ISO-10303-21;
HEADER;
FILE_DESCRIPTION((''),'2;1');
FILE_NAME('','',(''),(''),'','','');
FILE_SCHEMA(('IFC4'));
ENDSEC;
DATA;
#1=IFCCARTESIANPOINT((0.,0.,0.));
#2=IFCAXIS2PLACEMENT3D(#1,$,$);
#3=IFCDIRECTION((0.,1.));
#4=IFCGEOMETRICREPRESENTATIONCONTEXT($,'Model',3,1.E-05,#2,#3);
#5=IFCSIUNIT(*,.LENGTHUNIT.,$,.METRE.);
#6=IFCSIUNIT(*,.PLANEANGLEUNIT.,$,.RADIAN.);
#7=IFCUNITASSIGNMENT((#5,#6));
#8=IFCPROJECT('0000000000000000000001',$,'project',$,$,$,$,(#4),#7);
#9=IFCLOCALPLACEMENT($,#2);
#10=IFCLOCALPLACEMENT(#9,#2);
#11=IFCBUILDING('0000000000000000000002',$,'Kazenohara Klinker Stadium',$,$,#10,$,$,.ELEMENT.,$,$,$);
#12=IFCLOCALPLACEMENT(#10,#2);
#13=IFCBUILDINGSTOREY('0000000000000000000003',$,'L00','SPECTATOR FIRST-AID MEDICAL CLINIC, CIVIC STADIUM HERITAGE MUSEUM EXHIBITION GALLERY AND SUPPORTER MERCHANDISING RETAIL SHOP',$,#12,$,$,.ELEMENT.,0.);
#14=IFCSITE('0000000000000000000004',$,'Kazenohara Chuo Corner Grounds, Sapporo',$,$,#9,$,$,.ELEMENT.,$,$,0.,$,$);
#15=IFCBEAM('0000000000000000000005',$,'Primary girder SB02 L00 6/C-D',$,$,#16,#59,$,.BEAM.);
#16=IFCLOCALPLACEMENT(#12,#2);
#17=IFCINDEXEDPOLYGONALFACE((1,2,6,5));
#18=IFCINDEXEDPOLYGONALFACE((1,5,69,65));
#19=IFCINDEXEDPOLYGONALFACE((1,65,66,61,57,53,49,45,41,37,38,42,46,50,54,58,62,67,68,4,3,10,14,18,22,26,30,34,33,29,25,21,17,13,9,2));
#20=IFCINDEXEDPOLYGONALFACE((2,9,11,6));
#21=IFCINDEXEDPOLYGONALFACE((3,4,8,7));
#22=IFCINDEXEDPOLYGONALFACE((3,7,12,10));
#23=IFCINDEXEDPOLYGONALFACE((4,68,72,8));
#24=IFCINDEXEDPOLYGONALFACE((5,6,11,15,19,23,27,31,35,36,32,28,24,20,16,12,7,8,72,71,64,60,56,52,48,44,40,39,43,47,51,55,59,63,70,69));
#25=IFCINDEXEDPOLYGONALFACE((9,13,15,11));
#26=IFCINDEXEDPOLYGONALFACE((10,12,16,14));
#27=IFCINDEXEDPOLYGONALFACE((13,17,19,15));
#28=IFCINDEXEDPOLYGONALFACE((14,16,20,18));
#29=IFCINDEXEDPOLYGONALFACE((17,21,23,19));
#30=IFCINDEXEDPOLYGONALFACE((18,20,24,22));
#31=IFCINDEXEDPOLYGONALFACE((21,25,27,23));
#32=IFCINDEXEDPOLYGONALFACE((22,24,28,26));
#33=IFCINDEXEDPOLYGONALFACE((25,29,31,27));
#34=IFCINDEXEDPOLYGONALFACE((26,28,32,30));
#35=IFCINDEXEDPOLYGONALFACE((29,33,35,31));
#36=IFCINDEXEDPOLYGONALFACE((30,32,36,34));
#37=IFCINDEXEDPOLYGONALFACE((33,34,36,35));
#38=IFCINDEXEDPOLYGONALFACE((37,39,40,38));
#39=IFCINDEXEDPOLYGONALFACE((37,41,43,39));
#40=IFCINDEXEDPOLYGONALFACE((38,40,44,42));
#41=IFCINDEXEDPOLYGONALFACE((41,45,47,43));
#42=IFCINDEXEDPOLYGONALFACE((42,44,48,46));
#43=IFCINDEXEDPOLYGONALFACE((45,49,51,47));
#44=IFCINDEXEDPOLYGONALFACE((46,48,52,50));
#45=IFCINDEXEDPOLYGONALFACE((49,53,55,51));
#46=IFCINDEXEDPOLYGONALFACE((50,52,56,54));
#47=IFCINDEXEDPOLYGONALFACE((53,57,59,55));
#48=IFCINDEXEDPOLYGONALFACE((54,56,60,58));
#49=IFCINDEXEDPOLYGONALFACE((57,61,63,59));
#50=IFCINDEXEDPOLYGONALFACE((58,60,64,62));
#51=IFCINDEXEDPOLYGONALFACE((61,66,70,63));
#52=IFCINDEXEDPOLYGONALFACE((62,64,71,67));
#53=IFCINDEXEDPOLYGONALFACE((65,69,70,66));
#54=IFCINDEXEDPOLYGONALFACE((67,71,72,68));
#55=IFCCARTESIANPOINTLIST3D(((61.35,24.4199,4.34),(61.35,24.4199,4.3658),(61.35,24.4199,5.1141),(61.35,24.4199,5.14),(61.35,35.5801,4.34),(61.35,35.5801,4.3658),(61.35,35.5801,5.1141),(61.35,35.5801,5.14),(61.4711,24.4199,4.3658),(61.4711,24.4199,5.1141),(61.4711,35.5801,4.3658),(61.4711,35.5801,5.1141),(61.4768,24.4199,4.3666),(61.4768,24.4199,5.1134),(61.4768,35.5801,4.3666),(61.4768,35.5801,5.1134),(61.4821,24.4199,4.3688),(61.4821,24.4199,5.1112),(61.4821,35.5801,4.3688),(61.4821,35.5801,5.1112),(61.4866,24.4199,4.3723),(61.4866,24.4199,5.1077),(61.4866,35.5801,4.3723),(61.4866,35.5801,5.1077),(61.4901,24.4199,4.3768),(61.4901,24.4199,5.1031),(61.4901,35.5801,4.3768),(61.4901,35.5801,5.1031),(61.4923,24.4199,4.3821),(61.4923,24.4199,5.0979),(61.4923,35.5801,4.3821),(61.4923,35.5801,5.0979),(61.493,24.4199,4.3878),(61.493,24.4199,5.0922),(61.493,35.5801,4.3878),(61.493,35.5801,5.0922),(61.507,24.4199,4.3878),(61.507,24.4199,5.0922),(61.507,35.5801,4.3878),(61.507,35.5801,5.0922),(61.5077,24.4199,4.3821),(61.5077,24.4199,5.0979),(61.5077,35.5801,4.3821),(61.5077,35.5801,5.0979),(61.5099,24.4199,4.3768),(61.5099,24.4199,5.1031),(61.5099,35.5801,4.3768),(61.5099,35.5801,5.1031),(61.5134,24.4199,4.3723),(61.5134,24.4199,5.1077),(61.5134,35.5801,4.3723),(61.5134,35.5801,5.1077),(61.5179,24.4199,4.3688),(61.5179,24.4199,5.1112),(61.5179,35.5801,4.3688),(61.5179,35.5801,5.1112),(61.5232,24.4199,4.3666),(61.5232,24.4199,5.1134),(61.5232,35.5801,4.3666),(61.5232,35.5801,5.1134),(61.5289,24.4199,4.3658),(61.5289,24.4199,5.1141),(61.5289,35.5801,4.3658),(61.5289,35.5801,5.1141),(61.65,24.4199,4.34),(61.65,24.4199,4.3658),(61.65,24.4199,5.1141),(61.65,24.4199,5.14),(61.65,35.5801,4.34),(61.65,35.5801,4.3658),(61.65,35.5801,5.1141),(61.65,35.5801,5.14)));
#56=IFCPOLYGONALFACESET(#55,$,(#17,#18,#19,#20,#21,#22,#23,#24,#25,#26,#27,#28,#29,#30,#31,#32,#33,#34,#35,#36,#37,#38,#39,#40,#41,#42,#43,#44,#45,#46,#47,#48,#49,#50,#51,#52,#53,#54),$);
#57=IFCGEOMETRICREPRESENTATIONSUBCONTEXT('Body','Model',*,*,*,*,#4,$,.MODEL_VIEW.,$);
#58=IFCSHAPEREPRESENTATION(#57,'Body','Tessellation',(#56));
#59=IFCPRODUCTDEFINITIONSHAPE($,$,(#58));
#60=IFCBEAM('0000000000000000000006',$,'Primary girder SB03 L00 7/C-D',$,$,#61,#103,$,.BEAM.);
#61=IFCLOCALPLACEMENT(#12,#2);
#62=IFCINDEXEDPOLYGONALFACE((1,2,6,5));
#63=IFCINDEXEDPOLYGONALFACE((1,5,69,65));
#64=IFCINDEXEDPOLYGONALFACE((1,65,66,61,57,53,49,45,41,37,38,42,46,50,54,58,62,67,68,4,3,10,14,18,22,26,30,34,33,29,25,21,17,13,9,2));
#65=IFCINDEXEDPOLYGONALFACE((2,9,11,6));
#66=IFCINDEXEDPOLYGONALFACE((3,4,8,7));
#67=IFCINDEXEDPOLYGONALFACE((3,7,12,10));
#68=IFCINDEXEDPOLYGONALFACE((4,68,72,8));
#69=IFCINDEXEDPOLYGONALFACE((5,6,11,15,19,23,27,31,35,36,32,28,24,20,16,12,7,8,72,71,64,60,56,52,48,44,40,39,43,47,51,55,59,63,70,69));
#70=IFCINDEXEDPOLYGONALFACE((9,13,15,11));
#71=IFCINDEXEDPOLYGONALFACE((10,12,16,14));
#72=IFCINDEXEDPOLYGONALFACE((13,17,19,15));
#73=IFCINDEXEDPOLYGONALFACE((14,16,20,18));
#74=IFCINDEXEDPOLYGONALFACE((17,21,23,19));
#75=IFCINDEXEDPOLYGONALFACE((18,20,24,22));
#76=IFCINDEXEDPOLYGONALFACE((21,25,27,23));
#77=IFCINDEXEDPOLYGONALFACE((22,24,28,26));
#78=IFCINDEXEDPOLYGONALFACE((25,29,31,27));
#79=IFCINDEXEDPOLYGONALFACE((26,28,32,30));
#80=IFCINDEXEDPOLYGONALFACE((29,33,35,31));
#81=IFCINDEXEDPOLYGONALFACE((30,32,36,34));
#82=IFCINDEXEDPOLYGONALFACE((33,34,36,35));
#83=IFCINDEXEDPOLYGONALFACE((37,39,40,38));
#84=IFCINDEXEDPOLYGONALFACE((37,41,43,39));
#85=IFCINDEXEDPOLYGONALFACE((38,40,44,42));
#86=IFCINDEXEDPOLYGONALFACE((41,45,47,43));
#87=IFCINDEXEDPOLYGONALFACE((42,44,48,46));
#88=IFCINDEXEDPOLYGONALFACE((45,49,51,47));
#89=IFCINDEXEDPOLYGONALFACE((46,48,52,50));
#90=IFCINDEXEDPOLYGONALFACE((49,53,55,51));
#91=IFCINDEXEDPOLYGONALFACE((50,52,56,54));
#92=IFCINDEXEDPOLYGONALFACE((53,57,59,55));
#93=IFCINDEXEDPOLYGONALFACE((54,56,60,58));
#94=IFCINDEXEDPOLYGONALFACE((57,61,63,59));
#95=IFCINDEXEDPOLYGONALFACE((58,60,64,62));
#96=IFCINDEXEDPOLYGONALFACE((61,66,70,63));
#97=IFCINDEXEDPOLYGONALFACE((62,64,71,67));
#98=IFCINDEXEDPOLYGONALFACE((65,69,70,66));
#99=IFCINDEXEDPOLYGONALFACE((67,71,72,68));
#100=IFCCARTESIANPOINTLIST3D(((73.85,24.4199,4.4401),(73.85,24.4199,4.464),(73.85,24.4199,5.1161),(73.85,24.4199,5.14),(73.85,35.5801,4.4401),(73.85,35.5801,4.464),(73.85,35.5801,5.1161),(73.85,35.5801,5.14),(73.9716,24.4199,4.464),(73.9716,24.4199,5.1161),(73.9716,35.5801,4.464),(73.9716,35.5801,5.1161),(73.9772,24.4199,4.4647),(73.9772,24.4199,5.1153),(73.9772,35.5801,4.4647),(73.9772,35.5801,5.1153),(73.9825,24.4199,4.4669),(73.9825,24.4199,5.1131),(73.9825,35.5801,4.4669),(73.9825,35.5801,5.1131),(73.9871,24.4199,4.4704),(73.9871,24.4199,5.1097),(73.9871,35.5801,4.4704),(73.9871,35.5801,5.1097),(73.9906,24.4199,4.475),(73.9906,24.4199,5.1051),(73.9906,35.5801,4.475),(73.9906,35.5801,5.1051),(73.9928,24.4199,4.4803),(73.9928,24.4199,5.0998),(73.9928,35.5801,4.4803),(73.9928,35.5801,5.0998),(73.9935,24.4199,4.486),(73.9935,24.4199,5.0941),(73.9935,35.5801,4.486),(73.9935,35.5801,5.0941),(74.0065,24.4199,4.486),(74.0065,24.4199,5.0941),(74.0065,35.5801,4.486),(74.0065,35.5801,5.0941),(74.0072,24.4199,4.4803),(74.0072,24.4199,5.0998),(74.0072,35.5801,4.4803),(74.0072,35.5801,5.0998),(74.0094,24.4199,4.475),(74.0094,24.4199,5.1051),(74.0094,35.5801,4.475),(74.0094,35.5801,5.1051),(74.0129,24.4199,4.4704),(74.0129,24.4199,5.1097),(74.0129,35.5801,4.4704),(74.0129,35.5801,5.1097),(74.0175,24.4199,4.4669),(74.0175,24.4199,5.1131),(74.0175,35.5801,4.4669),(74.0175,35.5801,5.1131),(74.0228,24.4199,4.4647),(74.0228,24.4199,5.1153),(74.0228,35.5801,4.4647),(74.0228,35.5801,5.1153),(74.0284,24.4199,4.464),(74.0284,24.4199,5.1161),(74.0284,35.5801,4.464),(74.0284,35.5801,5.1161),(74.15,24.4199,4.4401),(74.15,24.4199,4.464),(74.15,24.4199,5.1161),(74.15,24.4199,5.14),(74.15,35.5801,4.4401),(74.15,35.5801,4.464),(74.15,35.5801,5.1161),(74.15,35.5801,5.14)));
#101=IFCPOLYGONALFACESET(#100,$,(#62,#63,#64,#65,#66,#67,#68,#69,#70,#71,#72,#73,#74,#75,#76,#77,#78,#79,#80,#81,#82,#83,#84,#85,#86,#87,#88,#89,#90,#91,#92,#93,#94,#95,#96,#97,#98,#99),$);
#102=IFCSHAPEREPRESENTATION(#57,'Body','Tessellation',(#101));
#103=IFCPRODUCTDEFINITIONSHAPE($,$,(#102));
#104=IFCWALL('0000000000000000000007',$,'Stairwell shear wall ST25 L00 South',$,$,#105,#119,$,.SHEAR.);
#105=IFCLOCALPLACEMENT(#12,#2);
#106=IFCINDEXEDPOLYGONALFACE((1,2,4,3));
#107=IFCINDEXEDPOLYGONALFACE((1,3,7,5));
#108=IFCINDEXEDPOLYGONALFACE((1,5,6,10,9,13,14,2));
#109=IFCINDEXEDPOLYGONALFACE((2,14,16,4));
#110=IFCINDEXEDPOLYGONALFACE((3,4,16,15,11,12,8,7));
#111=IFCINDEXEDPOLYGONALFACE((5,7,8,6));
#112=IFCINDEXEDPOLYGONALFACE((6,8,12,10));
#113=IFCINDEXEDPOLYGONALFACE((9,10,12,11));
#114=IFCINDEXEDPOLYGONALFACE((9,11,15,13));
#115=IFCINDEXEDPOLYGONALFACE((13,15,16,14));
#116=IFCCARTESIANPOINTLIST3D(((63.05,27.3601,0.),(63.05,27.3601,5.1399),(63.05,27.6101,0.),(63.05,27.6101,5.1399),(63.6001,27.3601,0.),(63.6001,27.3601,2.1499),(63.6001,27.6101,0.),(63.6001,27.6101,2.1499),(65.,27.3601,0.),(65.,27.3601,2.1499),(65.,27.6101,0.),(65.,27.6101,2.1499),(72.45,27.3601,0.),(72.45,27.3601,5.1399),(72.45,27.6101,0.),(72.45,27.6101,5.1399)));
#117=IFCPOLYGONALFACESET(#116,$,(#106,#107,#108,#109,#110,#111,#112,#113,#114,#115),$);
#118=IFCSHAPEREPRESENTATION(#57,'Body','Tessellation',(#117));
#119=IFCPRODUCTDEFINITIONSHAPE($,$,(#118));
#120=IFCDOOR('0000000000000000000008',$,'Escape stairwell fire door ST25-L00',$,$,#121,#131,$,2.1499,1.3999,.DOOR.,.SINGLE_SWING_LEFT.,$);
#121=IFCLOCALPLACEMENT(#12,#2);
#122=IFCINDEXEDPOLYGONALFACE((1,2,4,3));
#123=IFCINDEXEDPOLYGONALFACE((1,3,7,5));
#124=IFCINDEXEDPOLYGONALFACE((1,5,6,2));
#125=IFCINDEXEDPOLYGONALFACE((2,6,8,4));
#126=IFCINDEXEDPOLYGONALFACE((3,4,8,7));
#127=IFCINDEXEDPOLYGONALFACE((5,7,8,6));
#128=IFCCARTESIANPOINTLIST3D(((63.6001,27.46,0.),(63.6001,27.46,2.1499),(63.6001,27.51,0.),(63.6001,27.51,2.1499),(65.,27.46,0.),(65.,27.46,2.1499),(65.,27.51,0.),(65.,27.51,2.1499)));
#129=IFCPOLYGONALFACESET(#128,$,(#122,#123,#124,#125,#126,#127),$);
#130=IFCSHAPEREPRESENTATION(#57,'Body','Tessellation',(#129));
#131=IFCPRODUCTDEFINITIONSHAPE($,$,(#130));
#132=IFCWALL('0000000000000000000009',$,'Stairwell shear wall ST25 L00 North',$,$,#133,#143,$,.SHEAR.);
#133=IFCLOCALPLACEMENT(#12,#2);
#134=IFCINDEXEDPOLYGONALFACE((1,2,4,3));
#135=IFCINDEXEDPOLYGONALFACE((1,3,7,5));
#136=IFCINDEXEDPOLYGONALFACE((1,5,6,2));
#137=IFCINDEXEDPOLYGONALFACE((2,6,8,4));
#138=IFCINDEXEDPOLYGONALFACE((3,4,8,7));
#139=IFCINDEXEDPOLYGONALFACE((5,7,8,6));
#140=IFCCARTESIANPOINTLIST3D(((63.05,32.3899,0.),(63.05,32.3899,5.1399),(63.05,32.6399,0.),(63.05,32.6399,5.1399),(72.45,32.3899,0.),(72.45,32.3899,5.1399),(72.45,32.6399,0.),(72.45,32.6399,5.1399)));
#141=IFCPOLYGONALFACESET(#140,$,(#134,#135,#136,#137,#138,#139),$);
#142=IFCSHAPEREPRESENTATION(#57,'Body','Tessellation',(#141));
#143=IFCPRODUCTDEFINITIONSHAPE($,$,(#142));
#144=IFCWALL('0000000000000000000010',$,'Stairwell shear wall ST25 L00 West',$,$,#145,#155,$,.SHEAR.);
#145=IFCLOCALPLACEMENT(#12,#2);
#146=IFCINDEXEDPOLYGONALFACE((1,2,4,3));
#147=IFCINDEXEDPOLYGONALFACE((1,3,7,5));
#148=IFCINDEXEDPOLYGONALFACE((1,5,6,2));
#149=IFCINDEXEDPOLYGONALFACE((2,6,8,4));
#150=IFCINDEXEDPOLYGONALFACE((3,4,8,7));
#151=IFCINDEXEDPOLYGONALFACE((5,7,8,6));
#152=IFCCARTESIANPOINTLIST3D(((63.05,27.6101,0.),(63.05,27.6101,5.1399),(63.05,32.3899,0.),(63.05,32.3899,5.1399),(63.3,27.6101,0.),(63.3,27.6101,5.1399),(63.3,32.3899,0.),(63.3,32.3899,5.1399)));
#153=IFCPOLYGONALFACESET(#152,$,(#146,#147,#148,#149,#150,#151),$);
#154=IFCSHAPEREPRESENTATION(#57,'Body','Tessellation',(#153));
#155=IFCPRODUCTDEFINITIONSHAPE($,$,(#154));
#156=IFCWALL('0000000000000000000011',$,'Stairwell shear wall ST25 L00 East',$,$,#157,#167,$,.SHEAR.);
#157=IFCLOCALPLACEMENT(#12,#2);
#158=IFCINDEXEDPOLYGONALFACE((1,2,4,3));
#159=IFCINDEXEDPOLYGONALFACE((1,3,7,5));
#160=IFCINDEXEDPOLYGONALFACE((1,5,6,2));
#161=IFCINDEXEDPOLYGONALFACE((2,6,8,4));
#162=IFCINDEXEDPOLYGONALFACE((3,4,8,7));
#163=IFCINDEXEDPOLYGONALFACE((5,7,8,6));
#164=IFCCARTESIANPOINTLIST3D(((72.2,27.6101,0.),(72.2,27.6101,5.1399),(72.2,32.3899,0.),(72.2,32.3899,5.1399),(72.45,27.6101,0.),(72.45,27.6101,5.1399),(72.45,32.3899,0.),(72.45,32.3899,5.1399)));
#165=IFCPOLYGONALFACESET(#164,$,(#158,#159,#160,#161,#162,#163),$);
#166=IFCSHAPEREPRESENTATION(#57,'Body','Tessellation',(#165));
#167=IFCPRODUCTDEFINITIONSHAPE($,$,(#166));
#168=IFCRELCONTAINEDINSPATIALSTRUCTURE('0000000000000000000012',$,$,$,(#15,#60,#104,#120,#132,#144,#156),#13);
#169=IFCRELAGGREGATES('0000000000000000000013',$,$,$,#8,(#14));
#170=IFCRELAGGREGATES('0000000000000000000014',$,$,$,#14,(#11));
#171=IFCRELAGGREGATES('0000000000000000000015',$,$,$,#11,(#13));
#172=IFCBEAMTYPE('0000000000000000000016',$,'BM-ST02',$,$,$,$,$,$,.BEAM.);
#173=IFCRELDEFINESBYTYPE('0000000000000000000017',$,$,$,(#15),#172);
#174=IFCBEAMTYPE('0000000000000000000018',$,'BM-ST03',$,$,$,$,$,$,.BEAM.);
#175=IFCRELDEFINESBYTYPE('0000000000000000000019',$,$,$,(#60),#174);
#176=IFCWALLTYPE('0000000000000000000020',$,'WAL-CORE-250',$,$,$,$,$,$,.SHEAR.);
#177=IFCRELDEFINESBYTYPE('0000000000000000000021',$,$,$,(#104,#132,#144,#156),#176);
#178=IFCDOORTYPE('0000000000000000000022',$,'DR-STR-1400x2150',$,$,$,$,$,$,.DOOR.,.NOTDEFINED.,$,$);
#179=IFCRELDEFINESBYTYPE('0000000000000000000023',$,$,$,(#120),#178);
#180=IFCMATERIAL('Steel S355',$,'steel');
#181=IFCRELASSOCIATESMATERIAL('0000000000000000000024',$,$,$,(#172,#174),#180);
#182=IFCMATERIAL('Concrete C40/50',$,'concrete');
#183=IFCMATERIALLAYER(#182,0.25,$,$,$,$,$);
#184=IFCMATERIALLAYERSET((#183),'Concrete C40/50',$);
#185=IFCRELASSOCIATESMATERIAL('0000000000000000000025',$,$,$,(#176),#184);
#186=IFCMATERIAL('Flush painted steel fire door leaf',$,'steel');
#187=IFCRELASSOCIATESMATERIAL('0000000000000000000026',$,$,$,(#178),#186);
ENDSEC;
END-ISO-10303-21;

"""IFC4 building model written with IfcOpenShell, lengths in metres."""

from ifc_helpers import new_model, si_unit, direction, frame, frame_2d, origin, origin_2d, place, context, subcontext, project, spatial, rectangle, i_section, extrude, material, layer, layer_set, material_profile, profile_set, type_object, element, fill, save


model = new_model("IFC4")

# Units and contexts
model_context = context("Model", 3, precision=1e-05, world=origin(), true_north=direction((0.0, 1.0)))
body_context = subcontext(model_context, "Body", "Model", "MODEL_VIEW")
ifc_project = project(units=[si_unit("LENGTHUNIT", "METRE"), si_unit("PLANEANGLEUNIT", "RADIAN")], contexts=[model_context])

# Site, building, storey
site_placement = place(None, origin())
site = spatial("IfcSite", under=ifc_project, at=site_placement, Name="Kazenohara Chuo Corner Grounds, Sapporo", CompositionType="ELEMENT", RefElevation=0.0)
building_placement = place(site_placement, origin())
building = spatial("IfcBuilding", under=site, at=building_placement, Name="Kazenohara Klinker Stadium", CompositionType="ELEMENT")
storey_placement = place(building_placement, origin())
storey = spatial("IfcBuildingStorey", under=building, at=storey_placement, Name="L00", Description="SPECTATOR FIRST-AID MEDICAL CLINIC, CIVIC STADIUM HERITAGE MUSEUM EXHIBITION GALLERY AND SUPPORTER MERCHANDISING RETAIL SHOP", CompositionType="ELEMENT", Elevation=0.0)

# Shared definitions
ifc_material_1 = material(Name="Concrete C40/50", Category="concrete")

# Beams
ifc_material_2 = material(Name="Steel S355", Category="steel")
ifc_material_profile_1 = material_profile(ifc_material_2, i_section(OverallWidth=0.3, OverallDepth=0.8, WebThickness=0.0139, FlangeThickness=0.0259, FilletRadius=0.022, at=origin_2d()), Name="H-800x300x14x26")
ifc_profile_set_1 = profile_set([ifc_material_profile_1], Name="Steel S355")
beam_type_1 = type_object("IfcBeamType", Name="BM-ST02", PredefinedType="BEAM", material=ifc_profile_set_1)
beam_1_placement = place(storey_placement, frame((61.5, 24.4199, 4.74), z_axis=(0.0, 1.0, 0.0), x_axis=(-1.0, 0.0, 0.0)))
element("IfcBeam", 1, at=beam_1_placement, inside=storey, type_object=beam_type_1, Name="Primary girder SB02 L00 6/C-D", PredefinedType="BEAM", context=body_context, shape_type="SweptSolid", body=[
    extrude(i_section(OverallWidth=0.3, OverallDepth=0.8, WebThickness=0.0139, FlangeThickness=0.0259, FilletRadius=0.022, at=origin_2d()), origin(), (0.0, 0.0, 1.0), 11.1602),
])
ifc_material_profile_2 = material_profile(ifc_material_2, i_section(OverallWidth=0.3, OverallDepth=0.7, WebThickness=0.0129, FlangeThickness=0.0239, FilletRadius=0.022, at=origin_2d()), Name="H-700x300x13x24")
ifc_profile_set_2 = profile_set([ifc_material_profile_2], Name="Steel S355")
beam_type_2 = type_object("IfcBeamType", Name="BM-ST03", PredefinedType="BEAM", material=ifc_profile_set_2)
beam_2_placement = place(storey_placement, frame((74.0, 24.4199, 4.79), z_axis=(0.0, 1.0, 0.0), x_axis=(-1.0, 0.0, 0.0)))
element("IfcBeam", 2, at=beam_2_placement, inside=storey, type_object=beam_type_2, Name="Primary girder SB03 L00 7/C-D", PredefinedType="BEAM", context=body_context, shape_type="SweptSolid", body=[
    extrude(i_section(OverallWidth=0.3, OverallDepth=0.7, WebThickness=0.0129, FlangeThickness=0.0239, FilletRadius=0.022, at=origin_2d()), origin(), (0.0, 0.0, 1.0), 11.1602),
])

# Wall, opening, door
ifc_layer_1 = layer(ifc_material_1, 0.25)
ifc_layer_set_1 = layer_set([ifc_layer_1], Name="Concrete C40/50")
wall_type_1 = type_object("IfcWallType", Name="WAL-CORE-250", PredefinedType="SHEAR", material=ifc_layer_set_1)
wall_1_placement = place(storey_placement, frame((63.05, 27.4851, 0.0), z_axis=(0.0, 0.0, 1.0), x_axis=(1.0, 0.0, 0.0)))
wall_1 = element("IfcWall", 3, at=wall_1_placement, inside=storey, type_object=wall_type_1, Name="Stairwell shear wall ST25 L00 South", PredefinedType="SHEAR", context=body_context, shape_type="SweptSolid", body=[
    extrude(rectangle(XDim=9.3999, YDim=0.25, at=frame_2d((4.7, 0.0))), origin(), (0.0, 0.0, 1.0), 5.1399),
])
opening_1_placement = place(wall_1_placement, frame((0.55, 0.0, 0.0)))
opening_1 = element("IfcOpeningElement", 4, at=opening_1_placement, cuts=wall_1, PredefinedType="OPENING", context=body_context, shape_type="SweptSolid", body=[
    extrude(rectangle(XDim=1.3999, YDim=2.1499, at=frame_2d((0.7, 1.075))), frame((0.0, 0.135, 0.0), z_axis=(0.0, -1.0, 0.0), x_axis=(1.0, 0.0, 0.0)), (0.0, 0.0, 1.0), 0.27),
])
ifc_material_3 = material(Name="Flush painted steel fire door leaf", Category="steel")
door_type_1 = type_object("IfcDoorType", Name="DR-STR-1400x2150", OperationType="NOTDEFINED", PredefinedType="DOOR", material=ifc_material_3)
door_1_placement = place(opening_1_placement, origin())
door_1 = element("IfcDoor", 5, at=door_1_placement, inside=storey, type_object=door_type_1, Name="Escape stairwell fire door ST25-L00", OperationType="SINGLE_SWING_LEFT", OverallHeight=2.1499, OverallWidth=1.3999, PredefinedType="DOOR", context=body_context, shape_type="SweptSolid", body=[
    extrude(rectangle(XDim=1.3999, YDim=2.1499, at=frame_2d((0.7, 1.075))), frame((0.0, 0.0249, 0.0), z_axis=(0.0, -1.0, 0.0), x_axis=(1.0, 0.0, 0.0)), (0.0, 0.0, 1.0), 0.05),
])
fill(opening_1, door_1)

# Walls
wall_2_placement = place(storey_placement, frame((63.05, 32.5149, 0.0), z_axis=(0.0, 0.0, 1.0), x_axis=(1.0, 0.0, 0.0)))
element("IfcWall", 6, at=wall_2_placement, inside=storey, type_object=wall_type_1, Name="Stairwell shear wall ST25 L00 North", PredefinedType="SHEAR", context=body_context, shape_type="SweptSolid", body=[
    extrude(rectangle(XDim=9.3999, YDim=0.25, at=frame_2d((4.7, 0.0))), origin(), (0.0, 0.0, 1.0), 5.1399),
])
for number, where, z_axis, x_axis, name in (
    (7, (63.175, 27.6101, 0.0), (0.0, 0.0, 1.0), (0.0, 1.0, 0.0), "Stairwell shear wall ST25 L00 West"),
    (8, (72.325, 27.6101, 0.0), (0.0, 0.0, 1.0), (0.0, 1.0, 0.0), "Stairwell shear wall ST25 L00 East"),
):
    element("IfcWall", number, at=place(storey_placement, frame(where, z_axis=z_axis, x_axis=x_axis)), inside=storey, type_object=wall_type_1, Name=name, PredefinedType="SHEAR", context=body_context, shape_type="SweptSolid", body=[
        extrude(rectangle(XDim=4.7798, YDim=0.25, at=frame_2d((2.3899, 0.0))), origin(), (0.0, 0.0, 1.0), 5.1399),
    ])

save(model, "model.ifc")
